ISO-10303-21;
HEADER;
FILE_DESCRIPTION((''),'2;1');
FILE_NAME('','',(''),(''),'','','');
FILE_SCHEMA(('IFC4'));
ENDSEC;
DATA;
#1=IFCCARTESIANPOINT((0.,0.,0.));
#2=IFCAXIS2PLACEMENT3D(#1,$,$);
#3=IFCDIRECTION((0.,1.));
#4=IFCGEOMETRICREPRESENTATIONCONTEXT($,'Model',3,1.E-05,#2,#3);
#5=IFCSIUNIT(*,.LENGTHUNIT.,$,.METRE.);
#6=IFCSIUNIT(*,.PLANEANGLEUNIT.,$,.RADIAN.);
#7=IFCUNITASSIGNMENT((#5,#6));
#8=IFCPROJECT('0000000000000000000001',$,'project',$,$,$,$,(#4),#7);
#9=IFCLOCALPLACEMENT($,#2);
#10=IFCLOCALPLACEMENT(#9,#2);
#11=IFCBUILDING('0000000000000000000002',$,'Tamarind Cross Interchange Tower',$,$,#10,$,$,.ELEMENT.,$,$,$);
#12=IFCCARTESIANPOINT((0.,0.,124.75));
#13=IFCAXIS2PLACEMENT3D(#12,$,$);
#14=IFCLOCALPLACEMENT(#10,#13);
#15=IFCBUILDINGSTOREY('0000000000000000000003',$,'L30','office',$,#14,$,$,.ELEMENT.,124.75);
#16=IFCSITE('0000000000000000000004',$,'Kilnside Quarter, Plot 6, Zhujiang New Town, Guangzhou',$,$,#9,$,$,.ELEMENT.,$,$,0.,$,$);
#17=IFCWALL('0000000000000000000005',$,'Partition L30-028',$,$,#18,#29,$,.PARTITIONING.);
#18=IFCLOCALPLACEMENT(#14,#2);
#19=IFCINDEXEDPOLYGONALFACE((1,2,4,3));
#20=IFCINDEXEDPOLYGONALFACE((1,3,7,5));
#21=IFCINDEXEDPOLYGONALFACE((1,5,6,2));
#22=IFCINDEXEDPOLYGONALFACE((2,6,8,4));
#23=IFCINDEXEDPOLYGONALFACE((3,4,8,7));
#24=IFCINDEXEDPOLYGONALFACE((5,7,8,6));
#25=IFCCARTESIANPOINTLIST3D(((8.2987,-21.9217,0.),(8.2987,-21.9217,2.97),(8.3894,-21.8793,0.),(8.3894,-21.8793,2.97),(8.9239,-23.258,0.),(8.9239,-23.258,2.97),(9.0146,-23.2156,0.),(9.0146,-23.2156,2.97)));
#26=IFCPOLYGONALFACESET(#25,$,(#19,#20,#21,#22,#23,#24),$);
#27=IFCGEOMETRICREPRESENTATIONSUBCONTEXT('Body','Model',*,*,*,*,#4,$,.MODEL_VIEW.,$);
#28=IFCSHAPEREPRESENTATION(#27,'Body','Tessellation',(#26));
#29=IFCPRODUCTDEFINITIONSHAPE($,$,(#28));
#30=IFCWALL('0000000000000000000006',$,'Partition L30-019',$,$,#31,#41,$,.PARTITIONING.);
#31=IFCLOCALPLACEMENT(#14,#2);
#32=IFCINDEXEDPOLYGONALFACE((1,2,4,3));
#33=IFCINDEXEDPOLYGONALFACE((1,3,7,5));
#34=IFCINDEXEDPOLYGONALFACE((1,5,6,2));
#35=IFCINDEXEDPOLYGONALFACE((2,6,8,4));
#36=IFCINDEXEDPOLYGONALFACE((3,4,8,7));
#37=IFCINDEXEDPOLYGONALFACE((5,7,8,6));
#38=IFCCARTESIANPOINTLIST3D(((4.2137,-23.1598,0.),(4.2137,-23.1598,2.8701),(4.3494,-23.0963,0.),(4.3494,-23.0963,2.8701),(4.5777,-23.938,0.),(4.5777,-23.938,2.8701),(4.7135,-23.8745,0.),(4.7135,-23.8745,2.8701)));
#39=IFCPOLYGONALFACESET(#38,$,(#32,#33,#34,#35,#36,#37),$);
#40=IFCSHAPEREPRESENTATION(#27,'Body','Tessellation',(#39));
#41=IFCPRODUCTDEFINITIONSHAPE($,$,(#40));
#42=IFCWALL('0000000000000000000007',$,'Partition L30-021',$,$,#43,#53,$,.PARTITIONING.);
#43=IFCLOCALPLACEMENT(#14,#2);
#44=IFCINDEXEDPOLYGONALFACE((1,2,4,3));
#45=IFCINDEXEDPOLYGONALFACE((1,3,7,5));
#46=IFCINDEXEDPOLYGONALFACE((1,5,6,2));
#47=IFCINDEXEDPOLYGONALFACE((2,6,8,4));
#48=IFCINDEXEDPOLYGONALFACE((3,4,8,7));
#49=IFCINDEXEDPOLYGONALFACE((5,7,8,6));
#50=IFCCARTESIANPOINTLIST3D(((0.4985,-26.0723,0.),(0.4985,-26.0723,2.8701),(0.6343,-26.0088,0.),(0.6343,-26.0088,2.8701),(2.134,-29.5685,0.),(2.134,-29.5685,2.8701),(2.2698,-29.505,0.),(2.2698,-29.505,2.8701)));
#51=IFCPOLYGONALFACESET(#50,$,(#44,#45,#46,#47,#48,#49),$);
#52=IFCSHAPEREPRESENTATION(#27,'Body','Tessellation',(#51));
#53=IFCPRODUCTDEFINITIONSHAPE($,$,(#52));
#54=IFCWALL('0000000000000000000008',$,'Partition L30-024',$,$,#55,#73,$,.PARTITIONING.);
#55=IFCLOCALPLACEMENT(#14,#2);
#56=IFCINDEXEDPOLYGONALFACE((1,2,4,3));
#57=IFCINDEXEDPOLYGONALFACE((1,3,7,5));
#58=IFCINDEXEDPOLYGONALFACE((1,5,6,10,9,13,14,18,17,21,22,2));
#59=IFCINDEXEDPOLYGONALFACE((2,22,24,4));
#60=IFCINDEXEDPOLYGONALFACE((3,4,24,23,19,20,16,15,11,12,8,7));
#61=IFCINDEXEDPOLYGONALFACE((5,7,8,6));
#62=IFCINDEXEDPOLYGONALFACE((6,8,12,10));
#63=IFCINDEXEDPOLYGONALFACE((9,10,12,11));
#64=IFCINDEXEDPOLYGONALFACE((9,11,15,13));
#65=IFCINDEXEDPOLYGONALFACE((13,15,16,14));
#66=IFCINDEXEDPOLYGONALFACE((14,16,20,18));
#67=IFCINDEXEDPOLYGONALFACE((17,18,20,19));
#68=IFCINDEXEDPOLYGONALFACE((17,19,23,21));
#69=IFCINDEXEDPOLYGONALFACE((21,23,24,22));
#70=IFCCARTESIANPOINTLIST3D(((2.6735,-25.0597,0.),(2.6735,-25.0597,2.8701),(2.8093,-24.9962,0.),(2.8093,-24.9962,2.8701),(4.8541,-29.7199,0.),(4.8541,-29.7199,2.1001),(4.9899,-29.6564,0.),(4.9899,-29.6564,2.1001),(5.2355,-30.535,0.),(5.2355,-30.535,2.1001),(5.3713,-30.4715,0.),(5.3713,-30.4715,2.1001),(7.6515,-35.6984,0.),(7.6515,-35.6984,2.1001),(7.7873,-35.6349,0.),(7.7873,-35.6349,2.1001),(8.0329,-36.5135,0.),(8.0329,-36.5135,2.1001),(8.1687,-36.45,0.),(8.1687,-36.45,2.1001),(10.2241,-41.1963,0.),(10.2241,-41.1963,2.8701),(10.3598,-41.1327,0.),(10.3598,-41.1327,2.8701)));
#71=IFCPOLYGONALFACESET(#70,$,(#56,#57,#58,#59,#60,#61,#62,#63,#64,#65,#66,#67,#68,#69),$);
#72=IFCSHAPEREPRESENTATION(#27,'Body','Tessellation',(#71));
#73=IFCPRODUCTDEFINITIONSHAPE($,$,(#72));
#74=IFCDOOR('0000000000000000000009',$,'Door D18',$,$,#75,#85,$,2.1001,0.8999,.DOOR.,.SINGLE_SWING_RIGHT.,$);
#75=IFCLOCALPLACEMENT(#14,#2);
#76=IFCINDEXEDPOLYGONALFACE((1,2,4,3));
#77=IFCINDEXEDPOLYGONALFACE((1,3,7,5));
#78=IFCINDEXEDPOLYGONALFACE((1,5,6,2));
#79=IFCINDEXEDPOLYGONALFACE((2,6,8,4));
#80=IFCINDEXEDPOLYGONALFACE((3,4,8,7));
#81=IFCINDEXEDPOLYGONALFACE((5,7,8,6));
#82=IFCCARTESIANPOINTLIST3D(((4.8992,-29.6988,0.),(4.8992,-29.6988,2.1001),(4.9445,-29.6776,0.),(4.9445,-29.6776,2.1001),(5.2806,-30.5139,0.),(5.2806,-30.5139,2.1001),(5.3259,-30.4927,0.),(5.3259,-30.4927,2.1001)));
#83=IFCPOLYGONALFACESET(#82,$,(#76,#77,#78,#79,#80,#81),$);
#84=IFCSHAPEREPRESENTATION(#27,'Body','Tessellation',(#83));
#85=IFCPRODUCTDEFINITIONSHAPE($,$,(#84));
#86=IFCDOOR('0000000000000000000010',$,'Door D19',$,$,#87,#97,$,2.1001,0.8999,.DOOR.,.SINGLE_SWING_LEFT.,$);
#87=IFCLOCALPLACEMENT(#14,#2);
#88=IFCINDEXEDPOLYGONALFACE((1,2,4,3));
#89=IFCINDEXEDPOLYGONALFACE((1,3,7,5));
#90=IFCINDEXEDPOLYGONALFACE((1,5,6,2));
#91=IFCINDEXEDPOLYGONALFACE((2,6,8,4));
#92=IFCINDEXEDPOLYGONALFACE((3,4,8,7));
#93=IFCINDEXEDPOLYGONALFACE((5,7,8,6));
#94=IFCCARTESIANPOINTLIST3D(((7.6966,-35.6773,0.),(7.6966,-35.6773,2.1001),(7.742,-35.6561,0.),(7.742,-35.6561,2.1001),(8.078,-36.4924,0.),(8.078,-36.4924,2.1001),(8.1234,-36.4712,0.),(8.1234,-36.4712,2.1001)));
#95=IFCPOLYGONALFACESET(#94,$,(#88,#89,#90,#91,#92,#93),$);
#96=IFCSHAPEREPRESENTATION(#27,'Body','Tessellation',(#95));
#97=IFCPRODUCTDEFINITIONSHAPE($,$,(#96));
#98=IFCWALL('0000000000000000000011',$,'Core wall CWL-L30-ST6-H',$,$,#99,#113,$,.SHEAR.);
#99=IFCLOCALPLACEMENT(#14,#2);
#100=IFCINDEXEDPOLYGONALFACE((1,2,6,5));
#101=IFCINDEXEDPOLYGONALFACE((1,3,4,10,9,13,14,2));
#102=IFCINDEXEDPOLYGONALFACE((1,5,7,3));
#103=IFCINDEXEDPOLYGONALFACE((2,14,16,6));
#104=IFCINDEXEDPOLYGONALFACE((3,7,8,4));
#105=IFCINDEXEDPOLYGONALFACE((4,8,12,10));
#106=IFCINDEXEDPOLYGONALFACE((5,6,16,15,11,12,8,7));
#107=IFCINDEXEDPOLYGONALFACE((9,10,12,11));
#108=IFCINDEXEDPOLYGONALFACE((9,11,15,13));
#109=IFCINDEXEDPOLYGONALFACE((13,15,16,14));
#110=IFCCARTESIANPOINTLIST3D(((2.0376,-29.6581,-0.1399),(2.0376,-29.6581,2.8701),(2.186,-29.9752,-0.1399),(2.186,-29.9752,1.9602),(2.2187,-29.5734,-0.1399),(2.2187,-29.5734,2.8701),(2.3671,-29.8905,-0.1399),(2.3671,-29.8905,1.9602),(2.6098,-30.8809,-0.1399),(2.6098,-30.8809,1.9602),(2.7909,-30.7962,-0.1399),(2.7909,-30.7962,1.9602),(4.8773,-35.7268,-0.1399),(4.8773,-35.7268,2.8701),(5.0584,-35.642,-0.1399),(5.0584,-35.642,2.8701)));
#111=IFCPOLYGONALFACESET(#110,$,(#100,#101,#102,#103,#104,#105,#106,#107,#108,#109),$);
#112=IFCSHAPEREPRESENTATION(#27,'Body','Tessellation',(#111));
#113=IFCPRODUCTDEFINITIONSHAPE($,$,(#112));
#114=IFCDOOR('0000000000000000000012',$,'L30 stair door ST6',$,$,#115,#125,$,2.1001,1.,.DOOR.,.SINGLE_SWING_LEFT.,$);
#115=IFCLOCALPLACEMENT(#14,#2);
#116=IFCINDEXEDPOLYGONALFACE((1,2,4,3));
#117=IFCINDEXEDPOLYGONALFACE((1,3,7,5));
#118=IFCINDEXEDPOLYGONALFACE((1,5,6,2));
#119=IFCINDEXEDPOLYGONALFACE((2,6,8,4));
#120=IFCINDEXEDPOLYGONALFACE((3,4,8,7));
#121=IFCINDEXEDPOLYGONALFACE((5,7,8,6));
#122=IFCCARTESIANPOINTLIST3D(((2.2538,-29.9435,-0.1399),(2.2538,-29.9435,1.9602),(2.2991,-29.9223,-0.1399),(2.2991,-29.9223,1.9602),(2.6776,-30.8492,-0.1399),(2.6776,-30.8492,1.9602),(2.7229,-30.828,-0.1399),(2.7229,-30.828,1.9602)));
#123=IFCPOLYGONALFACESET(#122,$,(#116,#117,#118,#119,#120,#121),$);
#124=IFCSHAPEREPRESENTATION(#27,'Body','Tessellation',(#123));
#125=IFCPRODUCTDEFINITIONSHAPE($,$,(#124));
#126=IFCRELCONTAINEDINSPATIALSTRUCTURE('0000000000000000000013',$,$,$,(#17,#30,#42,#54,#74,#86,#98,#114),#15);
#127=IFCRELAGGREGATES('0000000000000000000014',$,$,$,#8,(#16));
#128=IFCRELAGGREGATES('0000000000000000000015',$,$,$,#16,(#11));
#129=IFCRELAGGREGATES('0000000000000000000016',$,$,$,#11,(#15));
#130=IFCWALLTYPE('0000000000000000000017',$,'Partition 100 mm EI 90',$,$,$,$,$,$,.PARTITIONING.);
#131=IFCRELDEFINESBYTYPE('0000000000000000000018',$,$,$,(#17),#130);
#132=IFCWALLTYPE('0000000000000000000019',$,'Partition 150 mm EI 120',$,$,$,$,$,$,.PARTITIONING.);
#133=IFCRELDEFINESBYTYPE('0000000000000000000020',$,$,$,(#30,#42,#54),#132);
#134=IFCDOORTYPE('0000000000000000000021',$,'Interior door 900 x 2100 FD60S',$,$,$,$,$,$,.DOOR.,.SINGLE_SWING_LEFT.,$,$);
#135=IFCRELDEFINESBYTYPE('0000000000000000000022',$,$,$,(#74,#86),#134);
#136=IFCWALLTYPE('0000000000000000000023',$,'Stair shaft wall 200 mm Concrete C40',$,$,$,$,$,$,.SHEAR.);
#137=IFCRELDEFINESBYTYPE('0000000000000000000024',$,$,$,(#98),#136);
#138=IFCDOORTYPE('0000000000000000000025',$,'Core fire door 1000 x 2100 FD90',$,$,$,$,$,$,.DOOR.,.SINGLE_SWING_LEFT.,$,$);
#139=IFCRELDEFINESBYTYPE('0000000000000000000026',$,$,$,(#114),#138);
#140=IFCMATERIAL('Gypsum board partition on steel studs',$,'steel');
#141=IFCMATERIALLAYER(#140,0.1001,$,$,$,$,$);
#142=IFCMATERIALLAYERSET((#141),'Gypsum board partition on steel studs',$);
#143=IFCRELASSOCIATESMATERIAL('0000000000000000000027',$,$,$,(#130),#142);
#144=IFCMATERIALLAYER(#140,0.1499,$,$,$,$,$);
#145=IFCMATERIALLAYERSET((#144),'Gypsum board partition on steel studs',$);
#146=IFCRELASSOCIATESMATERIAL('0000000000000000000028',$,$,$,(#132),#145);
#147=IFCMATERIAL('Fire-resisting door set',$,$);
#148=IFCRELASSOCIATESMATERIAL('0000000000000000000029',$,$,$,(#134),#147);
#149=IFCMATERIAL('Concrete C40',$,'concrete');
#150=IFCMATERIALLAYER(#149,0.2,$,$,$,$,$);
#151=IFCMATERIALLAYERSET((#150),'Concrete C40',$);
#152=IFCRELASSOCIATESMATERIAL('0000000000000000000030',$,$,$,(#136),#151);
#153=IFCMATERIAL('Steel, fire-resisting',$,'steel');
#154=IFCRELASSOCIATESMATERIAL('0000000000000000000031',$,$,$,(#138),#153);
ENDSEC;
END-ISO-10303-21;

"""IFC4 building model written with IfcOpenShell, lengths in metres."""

from ifc_helpers import new_model, si_unit, direction, frame, frame_2d, origin, place, context, subcontext, project, spatial, rectangle, extrude, material, layer, layer_set, type_object, element, fill, save


model = new_model("IFC4")

# Units and contexts
model_context = context("Model", 3, precision=1e-05, world=origin(), true_north=direction((0.0, 1.0)))
body_context = subcontext(model_context, "Body", "Model", "MODEL_VIEW")
ifc_project = project(units=[si_unit("LENGTHUNIT", "METRE"), si_unit("PLANEANGLEUNIT", "RADIAN")], contexts=[model_context])

# Site, building, storey
site_placement = place(None, origin())
site = spatial("IfcSite", under=ifc_project, at=site_placement, Name="Kilnside Quarter, Plot 6, Zhujiang New Town, Guangzhou", CompositionType="ELEMENT", RefElevation=0.0)
building_placement = place(site_placement, origin())
building = spatial("IfcBuilding", under=site, at=building_placement, Name="Tamarind Cross Interchange Tower", CompositionType="ELEMENT")
storey_placement = place(building_placement, frame((0.0, 0.0, 124.75)))
storey = spatial("IfcBuildingStorey", under=building, at=storey_placement, Name="L30", Description="office", CompositionType="ELEMENT", Elevation=124.75)

# Walls
ifc_material_1 = material(Name="Gypsum board partition on steel studs", Category="steel")
ifc_layer_1 = layer(ifc_material_1, 0.1001)
ifc_layer_set_1 = layer_set([ifc_layer_1], Name="Gypsum board partition on steel studs")
wall_type_1 = type_object("IfcWallType", Name="Partition 100 mm EI 90", PredefinedType="PARTITIONING", material=ifc_layer_set_1)
wall_1_placement = place(storey_placement, frame((8.344, -21.9004, 0.0), z_axis=(0.0, 0.0, 1.0), x_axis=(0.423764, -0.905773, 0.0)))
element("IfcWall", 1, at=wall_1_placement, inside=storey, type_object=wall_type_1, Name="Partition L30-028", PredefinedType="PARTITIONING", context=body_context, shape_type="SweptSolid", body=[
    extrude(rectangle(XDim=1.4753, YDim=0.1001, at=frame_2d((0.7378, 0.0))), origin(), (0.0, 0.0, 1.0), 2.97),
])
ifc_layer_2 = layer(ifc_material_1, 0.1499)
ifc_layer_set_2 = layer_set([ifc_layer_2], Name="Gypsum board partition on steel studs")
wall_type_2 = type_object("IfcWallType", Name="Partition 150 mm EI 120", PredefinedType="PARTITIONING", material=ifc_layer_set_2)
wall_2_placement = place(storey_placement, frame((4.2815, -23.1279, 0.0), z_axis=(0.0, 0.0, 1.0), x_axis=(0.423757, -0.905776, 0.0)))
element("IfcWall", 2, at=wall_2_placement, inside=storey, type_object=wall_type_2, Name="Partition L30-019", PredefinedType="PARTITIONING", context=body_context, shape_type="SweptSolid", body=[
    extrude(rectangle(XDim=0.8591, YDim=0.1499, at=frame_2d((0.4297, 0.0))), origin(), (0.0, 0.0, 1.0), 2.8701),
])
wall_3_placement = place(storey_placement, frame((0.5664, -26.0405, 0.0), z_axis=(0.0, 0.0, 1.0), x_axis=(0.423709, -0.905798, 0.0)))
element("IfcWall", 3, at=wall_3_placement, inside=storey, type_object=wall_type_2, Name="Partition L30-021", PredefinedType="PARTITIONING", context=body_context, shape_type="SweptSolid", body=[
    extrude(rectangle(XDim=3.8599, YDim=0.1499, at=frame_2d((1.9299, 0.0))), origin(), (0.0, 0.0, 1.0), 2.8701),
])

# Wall, openings, doors
wall_4_placement = place(storey_placement, frame((2.7415, -25.0281, 0.0), z_axis=(0.0, 0.0, 1.0), x_axis=(0.423815, -0.905749, 0.0)))
wall_4 = element("IfcWall", 4, at=wall_4_placement, inside=storey, type_object=wall_type_2, Name="Partition L30-024", PredefinedType="PARTITIONING", context=body_context, shape_type="SweptSolid", body=[
    extrude(rectangle(XDim=17.8157, YDim=0.1499, at=frame_2d((8.9077, 0.0))), origin(), (0.0, 0.0, 1.0), 2.8701),
])
opening_1_placement = place(wall_4_placement, frame((5.145, 0.0, 0.0)))
opening_1 = element("IfcOpeningElement", 5, at=opening_1_placement, cuts=wall_4, PredefinedType="OPENING", context=body_context, shape_type="SweptSolid", body=[
    extrude(rectangle(XDim=0.8999, YDim=2.1001, at=frame_2d((0.45, 1.05))), frame((0.0, 0.085, 0.0), z_axis=(0.0, -1.0, 0.0), x_axis=(1.0, 0.0, 0.0)), (0.0, 0.0, 1.0), 0.1699),
])
opening_2_placement = place(wall_4_placement, frame((11.7456, 0.0, 0.0)))
opening_2 = element("IfcOpeningElement", 6, at=opening_2_placement, cuts=wall_4, PredefinedType="OPENING", context=body_context, shape_type="SweptSolid", body=[
    extrude(rectangle(XDim=0.8999, YDim=2.1001, at=frame_2d((0.45, 1.05))), frame((0.0, 0.085, 0.0), z_axis=(0.0, -1.0, 0.0), x_axis=(1.0, 0.0, 0.0)), (0.0, 0.0, 1.0), 0.1699),
])
ifc_material_2 = material(Name="Fire-resisting door set")
door_type_1 = type_object("IfcDoorType", Name="Interior door 900 x 2100 FD60S", OperationType="SINGLE_SWING_LEFT", PredefinedType="DOOR", material=ifc_material_2)
door_1_placement = place(opening_1_placement, origin())
door_1 = element("IfcDoor", 7, at=door_1_placement, inside=storey, type_object=door_type_1, Name="Door D18", OperationType="SINGLE_SWING_RIGHT", OverallHeight=2.1001, OverallWidth=0.8999, PredefinedType="DOOR", context=body_context, shape_type="SweptSolid", body=[
    extrude(rectangle(XDim=0.8999, YDim=2.1001, at=frame_2d((0.45, 1.05))), frame((0.0, 0.0249, 0.0), z_axis=(0.0, -1.0, 0.0), x_axis=(1.0, 0.0, 0.0)), (0.0, 0.0, 1.0), 0.05),
])
fill(opening_1, door_1)
door_2_placement = place(opening_2_placement, origin())
door_2 = element("IfcDoor", 8, at=door_2_placement, inside=storey, type_object=door_type_1, Name="Door D19", OperationType="SINGLE_SWING_LEFT", OverallHeight=2.1001, OverallWidth=0.8999, PredefinedType="DOOR", context=body_context, shape_type="SweptSolid", body=[
    extrude(rectangle(XDim=0.8999, YDim=2.1001, at=frame_2d((0.45, 1.05))), frame((0.0, 0.0249, 0.0), z_axis=(0.0, -1.0, 0.0), x_axis=(1.0, 0.0, 0.0)), (0.0, 0.0, 1.0), 0.05),
])
fill(opening_2, door_2)

# Wall, opening, door
ifc_material_3 = material(Name="Concrete C40", Category="concrete")
ifc_layer_3 = layer(ifc_material_3, 0.2)
ifc_layer_set_3 = layer_set([ifc_layer_3], Name="Concrete C40")
wall_type_3 = type_object("IfcWallType", Name="Stair shaft wall 200 mm Concrete C40", PredefinedType="SHEAR", material=ifc_layer_set_3)
wall_5_placement = place(storey_placement, frame((2.1282, -29.6157, -0.1399), z_axis=(0.0, 0.0, 1.0), x_axis=(0.423815, -0.905749, 0.0)))
wall_5 = element("IfcWall", 9, at=wall_5_placement, inside=storey, type_object=wall_type_3, Name="Core wall CWL-L30-ST6-H", PredefinedType="SHEAR", context=body_context, shape_type="SweptSolid", body=[
    extrude(rectangle(XDim=6.7002, YDim=0.2, at=frame_2d((3.3501, 0.0))), origin(), (0.0, 0.0, 1.0), 3.01),
])
opening_3_placement = place(wall_5_placement, frame((0.3501, 0.0, 0.0)))
opening_3 = element("IfcOpeningElement", 10, at=opening_3_placement, cuts=wall_5, PredefinedType="OPENING", context=body_context, shape_type="SweptSolid", body=[
    extrude(rectangle(XDim=1.0, YDim=2.1001, at=frame_2d((0.5, 1.05))), frame((0.0, 0.1099, 0.0), z_axis=(0.0, -1.0, 0.0), x_axis=(1.0, 0.0, 0.0)), (0.0, 0.0, 1.0), 0.22),
])
ifc_material_4 = material(Name="Steel, fire-resisting", Category="steel")
door_type_2 = type_object("IfcDoorType", Name="Core fire door 1000 x 2100 FD90", OperationType="SINGLE_SWING_LEFT", PredefinedType="DOOR", material=ifc_material_4)
door_3_placement = place(opening_3_placement, origin())
door_3 = element("IfcDoor", 11, at=door_3_placement, inside=storey, type_object=door_type_2, Name="L30 stair door ST6", OperationType="SINGLE_SWING_LEFT", OverallHeight=2.1001, OverallWidth=1.0, PredefinedType="DOOR", context=body_context, shape_type="SweptSolid", body=[
    extrude(rectangle(XDim=1.0, YDim=2.1001, at=frame_2d((0.5, 1.05))), frame((0.0, 0.0249, 0.0), z_axis=(0.0, -1.0, 0.0), x_axis=(1.0, 0.0, 0.0)), (0.0, 0.0, 1.0), 0.05),
])
fill(opening_3, door_3)

save(model, "model.ifc")
